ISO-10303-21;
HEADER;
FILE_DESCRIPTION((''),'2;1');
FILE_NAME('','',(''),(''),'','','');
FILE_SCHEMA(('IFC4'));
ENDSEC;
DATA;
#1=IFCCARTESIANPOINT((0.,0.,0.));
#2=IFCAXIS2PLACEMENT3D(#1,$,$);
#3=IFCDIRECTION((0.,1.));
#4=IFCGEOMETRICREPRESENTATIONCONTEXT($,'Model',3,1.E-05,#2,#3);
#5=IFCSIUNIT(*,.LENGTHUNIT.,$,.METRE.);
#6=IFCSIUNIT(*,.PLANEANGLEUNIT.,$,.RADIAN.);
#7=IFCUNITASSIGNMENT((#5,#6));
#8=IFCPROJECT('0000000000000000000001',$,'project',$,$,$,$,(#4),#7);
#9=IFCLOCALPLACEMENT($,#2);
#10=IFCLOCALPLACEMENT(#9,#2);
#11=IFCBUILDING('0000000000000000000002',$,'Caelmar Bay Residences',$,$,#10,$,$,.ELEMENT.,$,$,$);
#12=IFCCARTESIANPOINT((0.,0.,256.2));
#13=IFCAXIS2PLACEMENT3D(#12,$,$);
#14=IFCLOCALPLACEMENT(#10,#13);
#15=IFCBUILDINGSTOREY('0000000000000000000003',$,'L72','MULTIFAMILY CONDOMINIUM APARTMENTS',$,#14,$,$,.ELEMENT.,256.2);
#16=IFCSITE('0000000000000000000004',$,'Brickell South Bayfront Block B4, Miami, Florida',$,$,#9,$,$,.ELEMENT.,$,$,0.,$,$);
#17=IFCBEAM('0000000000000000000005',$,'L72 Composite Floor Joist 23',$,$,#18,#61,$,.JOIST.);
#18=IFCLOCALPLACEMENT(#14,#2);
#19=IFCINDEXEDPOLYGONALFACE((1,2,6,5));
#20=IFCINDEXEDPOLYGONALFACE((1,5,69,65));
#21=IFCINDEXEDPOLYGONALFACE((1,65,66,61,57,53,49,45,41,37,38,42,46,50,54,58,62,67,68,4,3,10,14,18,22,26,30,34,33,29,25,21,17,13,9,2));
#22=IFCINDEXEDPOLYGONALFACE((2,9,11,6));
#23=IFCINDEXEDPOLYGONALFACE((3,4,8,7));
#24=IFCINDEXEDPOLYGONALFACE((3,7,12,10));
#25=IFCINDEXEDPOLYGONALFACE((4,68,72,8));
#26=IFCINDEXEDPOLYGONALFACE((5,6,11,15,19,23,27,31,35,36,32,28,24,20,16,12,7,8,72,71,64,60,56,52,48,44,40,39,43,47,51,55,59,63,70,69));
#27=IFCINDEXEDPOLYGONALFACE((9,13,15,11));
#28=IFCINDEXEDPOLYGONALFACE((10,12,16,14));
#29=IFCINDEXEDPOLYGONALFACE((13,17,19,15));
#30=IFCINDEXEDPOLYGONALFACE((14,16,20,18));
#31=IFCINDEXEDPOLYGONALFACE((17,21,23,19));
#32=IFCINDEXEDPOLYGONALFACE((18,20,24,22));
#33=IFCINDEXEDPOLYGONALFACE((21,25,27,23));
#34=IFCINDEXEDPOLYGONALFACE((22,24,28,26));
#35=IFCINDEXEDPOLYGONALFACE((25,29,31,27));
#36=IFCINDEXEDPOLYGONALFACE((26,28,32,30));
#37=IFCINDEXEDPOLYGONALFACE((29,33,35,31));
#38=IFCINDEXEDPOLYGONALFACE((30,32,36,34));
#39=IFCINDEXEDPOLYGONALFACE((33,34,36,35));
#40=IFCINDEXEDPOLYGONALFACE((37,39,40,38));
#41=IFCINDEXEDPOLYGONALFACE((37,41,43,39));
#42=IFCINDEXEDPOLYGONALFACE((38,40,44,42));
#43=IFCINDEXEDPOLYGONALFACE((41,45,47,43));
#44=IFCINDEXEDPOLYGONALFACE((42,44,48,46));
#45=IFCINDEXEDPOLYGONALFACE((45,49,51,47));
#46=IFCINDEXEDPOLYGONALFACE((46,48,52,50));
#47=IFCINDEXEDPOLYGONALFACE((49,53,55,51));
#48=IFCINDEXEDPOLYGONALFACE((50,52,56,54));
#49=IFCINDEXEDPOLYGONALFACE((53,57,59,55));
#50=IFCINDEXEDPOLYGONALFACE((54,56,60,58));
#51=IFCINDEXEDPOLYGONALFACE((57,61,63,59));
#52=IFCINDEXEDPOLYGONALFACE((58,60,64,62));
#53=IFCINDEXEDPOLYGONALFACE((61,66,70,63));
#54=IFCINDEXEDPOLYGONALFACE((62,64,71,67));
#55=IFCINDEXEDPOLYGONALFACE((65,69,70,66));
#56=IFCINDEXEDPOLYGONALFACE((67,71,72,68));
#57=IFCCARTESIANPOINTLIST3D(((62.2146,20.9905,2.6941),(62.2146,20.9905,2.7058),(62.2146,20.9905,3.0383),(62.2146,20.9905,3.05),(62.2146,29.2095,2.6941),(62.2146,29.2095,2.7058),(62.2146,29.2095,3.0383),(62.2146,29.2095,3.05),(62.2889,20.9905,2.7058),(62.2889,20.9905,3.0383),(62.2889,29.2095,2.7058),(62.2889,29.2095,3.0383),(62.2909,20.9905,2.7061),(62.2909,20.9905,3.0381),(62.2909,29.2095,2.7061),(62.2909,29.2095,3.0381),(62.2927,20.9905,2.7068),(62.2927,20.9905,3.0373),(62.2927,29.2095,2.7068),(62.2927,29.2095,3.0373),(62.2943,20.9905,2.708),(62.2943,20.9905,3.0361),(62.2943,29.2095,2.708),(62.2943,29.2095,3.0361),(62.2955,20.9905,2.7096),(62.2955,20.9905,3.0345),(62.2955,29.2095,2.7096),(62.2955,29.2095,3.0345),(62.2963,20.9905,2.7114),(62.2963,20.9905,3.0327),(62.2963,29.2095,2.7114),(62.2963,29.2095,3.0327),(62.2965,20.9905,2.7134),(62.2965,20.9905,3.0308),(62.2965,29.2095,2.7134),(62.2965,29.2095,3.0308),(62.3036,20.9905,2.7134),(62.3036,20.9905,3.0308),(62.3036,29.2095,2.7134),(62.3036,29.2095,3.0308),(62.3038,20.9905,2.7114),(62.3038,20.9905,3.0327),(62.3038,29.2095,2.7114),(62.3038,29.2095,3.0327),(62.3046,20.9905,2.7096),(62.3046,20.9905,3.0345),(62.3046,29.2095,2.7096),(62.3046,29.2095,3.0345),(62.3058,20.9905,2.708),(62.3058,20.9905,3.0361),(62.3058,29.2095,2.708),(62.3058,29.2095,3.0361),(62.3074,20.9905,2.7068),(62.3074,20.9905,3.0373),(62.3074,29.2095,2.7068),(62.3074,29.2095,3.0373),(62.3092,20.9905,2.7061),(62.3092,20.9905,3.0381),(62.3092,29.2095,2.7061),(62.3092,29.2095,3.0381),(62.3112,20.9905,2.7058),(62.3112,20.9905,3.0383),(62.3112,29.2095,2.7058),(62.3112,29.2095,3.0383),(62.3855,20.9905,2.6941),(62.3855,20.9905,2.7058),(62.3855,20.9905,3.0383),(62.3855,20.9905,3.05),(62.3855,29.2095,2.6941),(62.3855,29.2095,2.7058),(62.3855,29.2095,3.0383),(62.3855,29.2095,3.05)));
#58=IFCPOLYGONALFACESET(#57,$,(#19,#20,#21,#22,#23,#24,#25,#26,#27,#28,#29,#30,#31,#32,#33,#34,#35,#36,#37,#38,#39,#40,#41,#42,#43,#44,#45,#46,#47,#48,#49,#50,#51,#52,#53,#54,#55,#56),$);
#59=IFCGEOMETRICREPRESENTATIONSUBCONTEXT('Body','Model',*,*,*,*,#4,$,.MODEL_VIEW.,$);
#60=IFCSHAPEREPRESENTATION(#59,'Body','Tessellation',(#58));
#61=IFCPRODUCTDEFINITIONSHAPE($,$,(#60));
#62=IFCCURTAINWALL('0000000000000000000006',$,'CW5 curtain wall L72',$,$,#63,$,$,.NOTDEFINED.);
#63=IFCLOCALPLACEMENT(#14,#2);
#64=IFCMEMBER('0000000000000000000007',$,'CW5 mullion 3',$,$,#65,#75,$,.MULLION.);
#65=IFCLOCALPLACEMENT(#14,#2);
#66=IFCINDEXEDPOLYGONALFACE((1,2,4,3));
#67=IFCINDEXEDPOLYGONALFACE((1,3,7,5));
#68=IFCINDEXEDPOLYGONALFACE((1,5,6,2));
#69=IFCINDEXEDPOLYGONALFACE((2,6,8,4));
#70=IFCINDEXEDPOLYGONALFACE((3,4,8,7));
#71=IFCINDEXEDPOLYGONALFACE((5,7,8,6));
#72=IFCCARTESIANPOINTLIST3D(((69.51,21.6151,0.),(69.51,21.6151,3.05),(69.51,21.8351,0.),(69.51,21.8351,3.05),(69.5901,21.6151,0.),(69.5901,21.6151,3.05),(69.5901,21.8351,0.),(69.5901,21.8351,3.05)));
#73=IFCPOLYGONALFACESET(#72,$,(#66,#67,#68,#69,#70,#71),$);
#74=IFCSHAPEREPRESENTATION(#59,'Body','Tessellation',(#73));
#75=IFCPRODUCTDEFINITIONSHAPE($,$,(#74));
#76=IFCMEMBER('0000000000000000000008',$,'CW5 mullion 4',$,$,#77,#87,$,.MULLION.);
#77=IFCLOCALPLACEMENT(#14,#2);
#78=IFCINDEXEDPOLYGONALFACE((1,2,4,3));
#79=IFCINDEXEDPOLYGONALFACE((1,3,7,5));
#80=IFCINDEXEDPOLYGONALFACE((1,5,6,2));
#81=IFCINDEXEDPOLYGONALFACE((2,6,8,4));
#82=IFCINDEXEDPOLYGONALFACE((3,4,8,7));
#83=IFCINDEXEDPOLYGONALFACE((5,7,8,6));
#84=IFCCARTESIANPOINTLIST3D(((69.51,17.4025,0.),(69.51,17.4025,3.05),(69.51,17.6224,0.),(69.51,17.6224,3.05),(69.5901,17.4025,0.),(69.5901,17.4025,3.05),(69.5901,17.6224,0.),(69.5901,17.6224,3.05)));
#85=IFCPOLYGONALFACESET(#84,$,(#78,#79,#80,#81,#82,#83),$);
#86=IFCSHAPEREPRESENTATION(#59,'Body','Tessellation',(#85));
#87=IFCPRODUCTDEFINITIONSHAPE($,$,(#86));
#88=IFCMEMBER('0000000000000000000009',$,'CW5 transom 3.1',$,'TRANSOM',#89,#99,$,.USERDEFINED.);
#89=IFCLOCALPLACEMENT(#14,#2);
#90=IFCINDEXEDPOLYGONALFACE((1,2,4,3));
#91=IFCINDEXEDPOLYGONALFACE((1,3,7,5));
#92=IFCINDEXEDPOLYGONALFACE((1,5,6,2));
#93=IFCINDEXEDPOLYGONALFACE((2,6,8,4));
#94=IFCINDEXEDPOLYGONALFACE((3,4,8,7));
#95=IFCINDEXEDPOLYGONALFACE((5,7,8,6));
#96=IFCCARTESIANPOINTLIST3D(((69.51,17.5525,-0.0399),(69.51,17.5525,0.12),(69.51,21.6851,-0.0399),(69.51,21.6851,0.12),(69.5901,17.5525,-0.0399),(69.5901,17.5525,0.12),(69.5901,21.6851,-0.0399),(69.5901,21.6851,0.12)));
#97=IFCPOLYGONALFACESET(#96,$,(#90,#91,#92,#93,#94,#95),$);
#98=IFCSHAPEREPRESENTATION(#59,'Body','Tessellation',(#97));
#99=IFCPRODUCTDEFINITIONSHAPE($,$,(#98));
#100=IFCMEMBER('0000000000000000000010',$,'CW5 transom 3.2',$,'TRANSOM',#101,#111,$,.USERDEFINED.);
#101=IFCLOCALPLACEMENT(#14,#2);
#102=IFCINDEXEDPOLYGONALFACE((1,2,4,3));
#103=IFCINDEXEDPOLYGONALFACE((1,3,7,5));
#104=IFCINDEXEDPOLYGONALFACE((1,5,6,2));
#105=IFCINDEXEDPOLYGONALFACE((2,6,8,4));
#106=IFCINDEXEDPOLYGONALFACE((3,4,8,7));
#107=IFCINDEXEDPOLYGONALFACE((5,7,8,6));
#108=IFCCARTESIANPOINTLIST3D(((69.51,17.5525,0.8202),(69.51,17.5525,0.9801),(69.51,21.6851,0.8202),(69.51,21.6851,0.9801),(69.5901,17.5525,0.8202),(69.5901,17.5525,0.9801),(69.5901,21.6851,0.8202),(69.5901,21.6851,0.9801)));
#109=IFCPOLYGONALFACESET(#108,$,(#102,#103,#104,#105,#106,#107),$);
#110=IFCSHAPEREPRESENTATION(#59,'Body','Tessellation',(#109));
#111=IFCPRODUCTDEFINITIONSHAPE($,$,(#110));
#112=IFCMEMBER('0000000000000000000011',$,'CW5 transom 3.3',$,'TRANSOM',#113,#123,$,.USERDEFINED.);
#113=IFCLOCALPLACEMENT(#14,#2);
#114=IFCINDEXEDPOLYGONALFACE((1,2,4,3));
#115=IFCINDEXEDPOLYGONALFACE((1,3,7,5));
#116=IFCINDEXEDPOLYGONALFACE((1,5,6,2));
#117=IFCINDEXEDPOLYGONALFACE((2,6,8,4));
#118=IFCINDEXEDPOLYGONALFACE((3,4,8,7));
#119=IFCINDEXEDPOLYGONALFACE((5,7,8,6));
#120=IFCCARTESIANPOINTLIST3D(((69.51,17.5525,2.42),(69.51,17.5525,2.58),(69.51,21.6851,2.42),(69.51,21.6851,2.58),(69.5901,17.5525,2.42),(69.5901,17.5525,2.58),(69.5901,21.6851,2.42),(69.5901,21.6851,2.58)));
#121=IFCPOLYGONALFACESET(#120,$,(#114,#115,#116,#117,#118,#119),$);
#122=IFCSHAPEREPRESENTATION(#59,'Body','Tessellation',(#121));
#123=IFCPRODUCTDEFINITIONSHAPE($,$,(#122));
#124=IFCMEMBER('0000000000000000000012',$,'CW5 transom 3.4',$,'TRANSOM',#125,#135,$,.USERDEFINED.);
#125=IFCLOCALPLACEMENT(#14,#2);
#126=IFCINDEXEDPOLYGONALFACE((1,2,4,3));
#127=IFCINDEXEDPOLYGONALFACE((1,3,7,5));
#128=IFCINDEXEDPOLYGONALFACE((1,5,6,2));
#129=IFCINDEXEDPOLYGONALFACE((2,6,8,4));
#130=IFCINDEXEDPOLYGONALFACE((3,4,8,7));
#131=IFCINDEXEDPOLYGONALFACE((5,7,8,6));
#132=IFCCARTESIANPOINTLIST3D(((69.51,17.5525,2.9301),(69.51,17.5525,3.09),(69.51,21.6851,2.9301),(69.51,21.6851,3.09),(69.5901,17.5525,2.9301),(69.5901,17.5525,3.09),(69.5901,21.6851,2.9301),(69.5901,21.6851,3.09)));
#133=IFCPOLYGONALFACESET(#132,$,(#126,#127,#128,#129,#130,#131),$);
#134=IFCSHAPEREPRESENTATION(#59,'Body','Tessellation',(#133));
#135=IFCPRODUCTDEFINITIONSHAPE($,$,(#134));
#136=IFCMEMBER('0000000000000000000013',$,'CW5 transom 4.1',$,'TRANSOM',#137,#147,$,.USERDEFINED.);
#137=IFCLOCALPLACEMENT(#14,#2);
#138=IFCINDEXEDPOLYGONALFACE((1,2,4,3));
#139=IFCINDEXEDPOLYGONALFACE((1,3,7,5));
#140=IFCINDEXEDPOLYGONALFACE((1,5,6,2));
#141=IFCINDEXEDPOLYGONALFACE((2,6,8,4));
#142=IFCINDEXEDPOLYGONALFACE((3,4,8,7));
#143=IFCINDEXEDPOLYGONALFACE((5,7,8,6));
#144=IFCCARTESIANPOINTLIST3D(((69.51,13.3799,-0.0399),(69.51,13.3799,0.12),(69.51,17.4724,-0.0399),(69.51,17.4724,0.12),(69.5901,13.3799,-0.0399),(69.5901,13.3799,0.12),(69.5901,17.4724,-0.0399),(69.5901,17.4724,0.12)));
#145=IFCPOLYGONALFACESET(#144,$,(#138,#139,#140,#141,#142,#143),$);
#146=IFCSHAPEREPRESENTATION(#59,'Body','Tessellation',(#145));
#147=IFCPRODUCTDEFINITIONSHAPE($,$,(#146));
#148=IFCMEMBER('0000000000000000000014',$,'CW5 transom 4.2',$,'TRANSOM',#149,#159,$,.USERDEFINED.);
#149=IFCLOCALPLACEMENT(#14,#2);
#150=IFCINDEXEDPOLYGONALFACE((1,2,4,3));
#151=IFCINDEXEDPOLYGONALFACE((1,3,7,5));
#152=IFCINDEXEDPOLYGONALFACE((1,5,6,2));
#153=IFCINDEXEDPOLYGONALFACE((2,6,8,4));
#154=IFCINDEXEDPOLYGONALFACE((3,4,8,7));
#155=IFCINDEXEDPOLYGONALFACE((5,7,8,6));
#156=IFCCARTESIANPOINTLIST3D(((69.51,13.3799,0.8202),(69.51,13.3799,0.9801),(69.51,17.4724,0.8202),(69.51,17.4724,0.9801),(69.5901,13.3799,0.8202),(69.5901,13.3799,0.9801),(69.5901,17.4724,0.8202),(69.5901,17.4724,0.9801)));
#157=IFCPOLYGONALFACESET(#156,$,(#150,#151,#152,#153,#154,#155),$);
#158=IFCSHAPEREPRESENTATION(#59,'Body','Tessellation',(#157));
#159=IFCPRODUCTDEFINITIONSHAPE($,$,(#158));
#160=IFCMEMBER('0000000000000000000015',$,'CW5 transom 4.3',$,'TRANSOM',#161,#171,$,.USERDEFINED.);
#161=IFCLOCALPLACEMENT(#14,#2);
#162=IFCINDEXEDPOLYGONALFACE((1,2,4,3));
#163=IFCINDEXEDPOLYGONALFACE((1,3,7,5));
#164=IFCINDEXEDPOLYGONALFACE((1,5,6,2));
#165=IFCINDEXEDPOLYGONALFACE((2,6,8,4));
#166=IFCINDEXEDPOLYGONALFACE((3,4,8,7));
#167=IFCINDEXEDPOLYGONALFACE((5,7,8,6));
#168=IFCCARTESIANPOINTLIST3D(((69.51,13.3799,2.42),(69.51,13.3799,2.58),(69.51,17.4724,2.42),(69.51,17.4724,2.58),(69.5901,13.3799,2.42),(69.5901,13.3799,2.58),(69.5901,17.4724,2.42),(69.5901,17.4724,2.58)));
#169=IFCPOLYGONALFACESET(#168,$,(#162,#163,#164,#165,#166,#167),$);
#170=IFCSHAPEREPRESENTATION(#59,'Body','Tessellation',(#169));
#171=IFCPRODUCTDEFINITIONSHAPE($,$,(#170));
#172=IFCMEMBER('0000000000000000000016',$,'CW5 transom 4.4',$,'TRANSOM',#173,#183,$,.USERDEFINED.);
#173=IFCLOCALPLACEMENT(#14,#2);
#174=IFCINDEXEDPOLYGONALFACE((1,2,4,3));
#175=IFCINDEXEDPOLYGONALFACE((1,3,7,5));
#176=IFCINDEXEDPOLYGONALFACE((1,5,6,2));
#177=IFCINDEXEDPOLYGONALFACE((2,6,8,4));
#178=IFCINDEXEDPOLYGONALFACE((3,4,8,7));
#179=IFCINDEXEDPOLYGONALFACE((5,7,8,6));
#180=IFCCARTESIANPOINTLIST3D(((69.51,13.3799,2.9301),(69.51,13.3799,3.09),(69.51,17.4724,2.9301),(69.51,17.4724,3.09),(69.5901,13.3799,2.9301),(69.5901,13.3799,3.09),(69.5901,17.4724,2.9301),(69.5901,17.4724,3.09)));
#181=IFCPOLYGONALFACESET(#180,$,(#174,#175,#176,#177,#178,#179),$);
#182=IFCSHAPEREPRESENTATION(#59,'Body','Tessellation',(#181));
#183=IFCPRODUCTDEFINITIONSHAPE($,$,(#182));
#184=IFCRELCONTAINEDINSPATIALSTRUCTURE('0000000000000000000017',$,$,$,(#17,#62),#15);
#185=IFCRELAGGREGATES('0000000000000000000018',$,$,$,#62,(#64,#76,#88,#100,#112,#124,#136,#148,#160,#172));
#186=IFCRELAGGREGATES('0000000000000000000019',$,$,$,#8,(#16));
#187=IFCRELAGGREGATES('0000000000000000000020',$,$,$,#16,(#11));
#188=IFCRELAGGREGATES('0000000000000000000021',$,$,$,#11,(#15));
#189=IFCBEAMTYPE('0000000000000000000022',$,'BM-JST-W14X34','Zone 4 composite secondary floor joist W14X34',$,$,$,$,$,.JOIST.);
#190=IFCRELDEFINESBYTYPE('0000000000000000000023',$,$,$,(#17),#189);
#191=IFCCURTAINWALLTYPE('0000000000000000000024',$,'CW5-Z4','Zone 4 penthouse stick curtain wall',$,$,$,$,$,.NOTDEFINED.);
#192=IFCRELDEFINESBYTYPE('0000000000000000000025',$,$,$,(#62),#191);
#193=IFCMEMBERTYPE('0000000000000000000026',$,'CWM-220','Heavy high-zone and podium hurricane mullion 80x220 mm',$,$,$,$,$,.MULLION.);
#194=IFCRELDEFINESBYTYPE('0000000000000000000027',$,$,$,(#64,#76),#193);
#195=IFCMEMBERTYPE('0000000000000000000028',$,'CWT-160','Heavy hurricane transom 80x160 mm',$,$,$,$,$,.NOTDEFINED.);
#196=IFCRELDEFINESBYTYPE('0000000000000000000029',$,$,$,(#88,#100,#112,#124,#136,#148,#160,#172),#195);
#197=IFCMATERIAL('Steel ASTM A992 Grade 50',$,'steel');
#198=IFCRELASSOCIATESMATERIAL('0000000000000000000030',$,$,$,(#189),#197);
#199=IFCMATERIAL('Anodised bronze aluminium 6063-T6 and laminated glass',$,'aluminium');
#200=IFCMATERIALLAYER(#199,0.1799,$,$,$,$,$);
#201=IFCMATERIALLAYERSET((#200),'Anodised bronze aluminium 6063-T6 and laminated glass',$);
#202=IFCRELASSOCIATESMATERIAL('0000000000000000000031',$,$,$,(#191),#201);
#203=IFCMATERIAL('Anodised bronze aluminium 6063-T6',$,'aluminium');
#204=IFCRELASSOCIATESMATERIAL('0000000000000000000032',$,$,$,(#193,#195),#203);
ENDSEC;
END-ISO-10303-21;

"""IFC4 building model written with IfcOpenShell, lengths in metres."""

from ifc_helpers import new_model, si_unit, direction, frame, origin, origin_2d, place, context, subcontext, project, spatial, rectangle, i_section, extrude, material, layer, layer_set, material_profile, profile_set, type_object, element, aggregate, save


model = new_model("IFC4")

# Units and contexts
model_context = context("Model", 3, precision=1e-05, world=origin(), true_north=direction((0.0, 1.0)))
body_context = subcontext(model_context, "Body", "Model", "MODEL_VIEW")
ifc_project = project(units=[si_unit("LENGTHUNIT", "METRE"), si_unit("PLANEANGLEUNIT", "RADIAN")], contexts=[model_context])

# Site, building, storey
site_placement = place(None, origin())
site = spatial("IfcSite", under=ifc_project, at=site_placement, Name="Brickell South Bayfront Block B4, Miami, Florida", CompositionType="ELEMENT", RefElevation=0.0)
building_placement = place(site_placement, origin())
building = spatial("IfcBuilding", under=site, at=building_placement, Name="Caelmar Bay Residences", CompositionType="ELEMENT")
storey_placement = place(building_placement, frame((0.0, 0.0, 256.2)))
storey = spatial("IfcBuildingStorey", under=building, at=storey_placement, Name="L72", Description="MULTIFAMILY CONDOMINIUM APARTMENTS", CompositionType="ELEMENT", Elevation=256.2)

# Beam
ifc_material_1 = material(Name="Steel ASTM A992 Grade 50", Category="steel")
ifc_material_profile_1 = material_profile(ifc_material_1, i_section(OverallWidth=0.1709, OverallDepth=0.356, WebThickness=0.0071, FlangeThickness=0.0117, FilletRadius=0.0076, at=origin_2d()), Name="W14X34")
ifc_profile_set_1 = profile_set([ifc_material_profile_1], Name="Steel ASTM A992 Grade 50")
beam_type_1 = type_object("IfcBeamType", Name="BM-JST-W14X34", Description="Zone 4 composite secondary floor joist W14X34", PredefinedType="JOIST", material=ifc_profile_set_1)
beam_1_placement = place(storey_placement, frame((62.3, 20.9905, 2.8721), z_axis=(0.0, 1.0, 0.0), x_axis=(-1.0, 0.0, 0.0)))
element("IfcBeam", 1, at=beam_1_placement, inside=storey, type_object=beam_type_1, Name="L72 Composite Floor Joist 23", PredefinedType="JOIST", context=body_context, shape_type="SweptSolid", body=[
    extrude(i_section(OverallWidth=0.1709, OverallDepth=0.356, WebThickness=0.0071, FlangeThickness=0.0117, FilletRadius=0.0076, at=origin_2d()), origin(), (0.0, 0.0, 1.0), 8.219),
])

# Curtain wall, members
ifc_material_2 = material(Name="Anodised bronze aluminium 6063-T6 and laminated glass", Category="aluminium")
ifc_layer_1 = layer(ifc_material_2, 0.1799)
ifc_layer_set_1 = layer_set([ifc_layer_1], Name="Anodised bronze aluminium 6063-T6 and laminated glass")
curtain_wall_type = type_object("IfcCurtainWallType", Name="CW5-Z4", Description="Zone 4 penthouse stick curtain wall", PredefinedType="NOTDEFINED", material=ifc_layer_set_1)
curtain_wall_placement = place(storey_placement, origin())
curtain_wall = element("IfcCurtainWall", 2, at=curtain_wall_placement, inside=storey, type_object=curtain_wall_type, Name="CW5 curtain wall L72", PredefinedType="NOTDEFINED")
ifc_material_3 = material(Name="Anodised bronze aluminium 6063-T6", Category="aluminium")
ifc_material_profile_2 = material_profile(ifc_material_3, rectangle(XDim=0.0801, YDim=0.22, at=origin_2d()), Name="CWM-80X220")
ifc_profile_set_2 = profile_set([ifc_material_profile_2], Name="Anodised bronze aluminium 6063-T6")
member_type_1 = type_object("IfcMemberType", Name="CWM-220", Description="Heavy high-zone and podium hurricane mullion 80x220 mm", PredefinedType="MULLION", material=ifc_profile_set_2)
member_1_placement = place(storey_placement, frame((69.55, 21.7251, 0.0), z_axis=(0.0, 0.0, 1.0), x_axis=(1.0, 0.0, 0.0)))
member_1 = element("IfcMember", 3, at=member_1_placement, type_object=member_type_1, Name="CW5 mullion 3", PredefinedType="MULLION", context=body_context, shape_type="SweptSolid", body=[
    extrude(rectangle(XDim=0.0801, YDim=0.22, at=origin_2d()), origin(), (0.0, 0.0, 1.0), 3.05),
])
member_2_placement = place(storey_placement, frame((69.55, 17.5125, 0.0), z_axis=(0.0, 0.0, 1.0), x_axis=(1.0, 0.0, 0.0)))
member_2 = element("IfcMember", 4, at=member_2_placement, type_object=member_type_1, Name="CW5 mullion 4", PredefinedType="MULLION", context=body_context, shape_type="SweptSolid", body=[
    extrude(rectangle(XDim=0.0801, YDim=0.22, at=origin_2d()), origin(), (0.0, 0.0, 1.0), 3.05),
])
ifc_material_profile_3 = material_profile(ifc_material_3, rectangle(XDim=0.0801, YDim=0.1599, at=origin_2d()), Name="CWT-80X160")
ifc_profile_set_3 = profile_set([ifc_material_profile_3], Name="Anodised bronze aluminium 6063-T6")
member_type_2 = type_object("IfcMemberType", Name="CWT-160", Description="Heavy hurricane transom 80x160 mm", PredefinedType="NOTDEFINED", material=ifc_profile_set_3)
member_3_placement = place(storey_placement, frame((69.55, 21.6851, 0.04), z_axis=(0.0, -1.0, 0.0), x_axis=(1.0, 0.0, 0.0)))
member_3 = element("IfcMember", 5, at=member_3_placement, type_object=member_type_2, Name="CW5 transom 3.1", ObjectType="TRANSOM", PredefinedType="USERDEFINED", context=body_context, shape_type="SweptSolid", body=[
    extrude(rectangle(XDim=0.0801, YDim=0.1599, at=origin_2d()), origin(), (0.0, 0.0, 1.0), 4.1326),
])
member_4_placement = place(storey_placement, frame((69.55, 21.6851, 0.9001), z_axis=(0.0, -1.0, 0.0), x_axis=(1.0, 0.0, 0.0)))
member_4 = element("IfcMember", 6, at=member_4_placement, type_object=member_type_2, Name="CW5 transom 3.2", ObjectType="TRANSOM", PredefinedType="USERDEFINED", context=body_context, shape_type="SweptSolid", body=[
    extrude(rectangle(XDim=0.0801, YDim=0.1599, at=origin_2d()), origin(), (0.0, 0.0, 1.0), 4.1326),
])
member_5_placement = place(storey_placement, frame((69.55, 21.6851, 2.5), z_axis=(0.0, -1.0, 0.0), x_axis=(1.0, 0.0, 0.0)))
member_5 = element("IfcMember", 7, at=member_5_placement, type_object=member_type_2, Name="CW5 transom 3.3", ObjectType="TRANSOM", PredefinedType="USERDEFINED", context=body_context, shape_type="SweptSolid", body=[
    extrude(rectangle(XDim=0.0801, YDim=0.1599, at=origin_2d()), origin(), (0.0, 0.0, 1.0), 4.1326),
])
member_6_placement = place(storey_placement, frame((69.55, 21.6851, 3.01), z_axis=(0.0, -1.0, 0.0), x_axis=(1.0, 0.0, 0.0)))
member_6 = element("IfcMember", 8, at=member_6_placement, type_object=member_type_2, Name="CW5 transom 3.4", ObjectType="TRANSOM", PredefinedType="USERDEFINED", context=body_context, shape_type="SweptSolid", body=[
    extrude(rectangle(XDim=0.0801, YDim=0.1599, at=origin_2d()), origin(), (0.0, 0.0, 1.0), 4.1326),
])
member_7_placement = place(storey_placement, frame((69.55, 17.4724, 0.04), z_axis=(0.0, -1.0, 0.0), x_axis=(1.0, 0.0, 0.0)))
member_7 = element("IfcMember", 9, at=member_7_placement, type_object=member_type_2, Name="CW5 transom 4.1", ObjectType="TRANSOM", PredefinedType="USERDEFINED", context=body_context, shape_type="SweptSolid", body=[
    extrude(rectangle(XDim=0.0801, YDim=0.1599, at=origin_2d()), origin(), (0.0, 0.0, 1.0), 4.0925),
])
member_8_placement = place(storey_placement, frame((69.55, 17.4724, 0.9001), z_axis=(0.0, -1.0, 0.0), x_axis=(1.0, 0.0, 0.0)))
member_8 = element("IfcMember", 10, at=member_8_placement, type_object=member_type_2, Name="CW5 transom 4.2", ObjectType="TRANSOM", PredefinedType="USERDEFINED", context=body_context, shape_type="SweptSolid", body=[
    extrude(rectangle(XDim=0.0801, YDim=0.1599, at=origin_2d()), origin(), (0.0, 0.0, 1.0), 4.0925),
])
member_9_placement = place(storey_placement, frame((69.55, 17.4724, 2.5), z_axis=(0.0, -1.0, 0.0), x_axis=(1.0, 0.0, 0.0)))
member_9 = element("IfcMember", 11, at=member_9_placement, type_object=member_type_2, Name="CW5 transom 4.3", ObjectType="TRANSOM", PredefinedType="USERDEFINED", context=body_context, shape_type="SweptSolid", body=[
    extrude(rectangle(XDim=0.0801, YDim=0.1599, at=origin_2d()), origin(), (0.0, 0.0, 1.0), 4.0925),
])
member_10_placement = place(storey_placement, frame((69.55, 17.4724, 3.01), z_axis=(0.0, -1.0, 0.0), x_axis=(1.0, 0.0, 0.0)))
member_10 = element("IfcMember", 12, at=member_10_placement, type_object=member_type_2, Name="CW5 transom 4.4", ObjectType="TRANSOM", PredefinedType="USERDEFINED", context=body_context, shape_type="SweptSolid", body=[
    extrude(rectangle(XDim=0.0801, YDim=0.1599, at=origin_2d()), origin(), (0.0, 0.0, 1.0), 4.0925),
])
aggregate(curtain_wall, [member_1, member_2, member_3, member_4, member_5, member_6, member_7, member_8, member_9, member_10])

save(model, "model.ifc")
